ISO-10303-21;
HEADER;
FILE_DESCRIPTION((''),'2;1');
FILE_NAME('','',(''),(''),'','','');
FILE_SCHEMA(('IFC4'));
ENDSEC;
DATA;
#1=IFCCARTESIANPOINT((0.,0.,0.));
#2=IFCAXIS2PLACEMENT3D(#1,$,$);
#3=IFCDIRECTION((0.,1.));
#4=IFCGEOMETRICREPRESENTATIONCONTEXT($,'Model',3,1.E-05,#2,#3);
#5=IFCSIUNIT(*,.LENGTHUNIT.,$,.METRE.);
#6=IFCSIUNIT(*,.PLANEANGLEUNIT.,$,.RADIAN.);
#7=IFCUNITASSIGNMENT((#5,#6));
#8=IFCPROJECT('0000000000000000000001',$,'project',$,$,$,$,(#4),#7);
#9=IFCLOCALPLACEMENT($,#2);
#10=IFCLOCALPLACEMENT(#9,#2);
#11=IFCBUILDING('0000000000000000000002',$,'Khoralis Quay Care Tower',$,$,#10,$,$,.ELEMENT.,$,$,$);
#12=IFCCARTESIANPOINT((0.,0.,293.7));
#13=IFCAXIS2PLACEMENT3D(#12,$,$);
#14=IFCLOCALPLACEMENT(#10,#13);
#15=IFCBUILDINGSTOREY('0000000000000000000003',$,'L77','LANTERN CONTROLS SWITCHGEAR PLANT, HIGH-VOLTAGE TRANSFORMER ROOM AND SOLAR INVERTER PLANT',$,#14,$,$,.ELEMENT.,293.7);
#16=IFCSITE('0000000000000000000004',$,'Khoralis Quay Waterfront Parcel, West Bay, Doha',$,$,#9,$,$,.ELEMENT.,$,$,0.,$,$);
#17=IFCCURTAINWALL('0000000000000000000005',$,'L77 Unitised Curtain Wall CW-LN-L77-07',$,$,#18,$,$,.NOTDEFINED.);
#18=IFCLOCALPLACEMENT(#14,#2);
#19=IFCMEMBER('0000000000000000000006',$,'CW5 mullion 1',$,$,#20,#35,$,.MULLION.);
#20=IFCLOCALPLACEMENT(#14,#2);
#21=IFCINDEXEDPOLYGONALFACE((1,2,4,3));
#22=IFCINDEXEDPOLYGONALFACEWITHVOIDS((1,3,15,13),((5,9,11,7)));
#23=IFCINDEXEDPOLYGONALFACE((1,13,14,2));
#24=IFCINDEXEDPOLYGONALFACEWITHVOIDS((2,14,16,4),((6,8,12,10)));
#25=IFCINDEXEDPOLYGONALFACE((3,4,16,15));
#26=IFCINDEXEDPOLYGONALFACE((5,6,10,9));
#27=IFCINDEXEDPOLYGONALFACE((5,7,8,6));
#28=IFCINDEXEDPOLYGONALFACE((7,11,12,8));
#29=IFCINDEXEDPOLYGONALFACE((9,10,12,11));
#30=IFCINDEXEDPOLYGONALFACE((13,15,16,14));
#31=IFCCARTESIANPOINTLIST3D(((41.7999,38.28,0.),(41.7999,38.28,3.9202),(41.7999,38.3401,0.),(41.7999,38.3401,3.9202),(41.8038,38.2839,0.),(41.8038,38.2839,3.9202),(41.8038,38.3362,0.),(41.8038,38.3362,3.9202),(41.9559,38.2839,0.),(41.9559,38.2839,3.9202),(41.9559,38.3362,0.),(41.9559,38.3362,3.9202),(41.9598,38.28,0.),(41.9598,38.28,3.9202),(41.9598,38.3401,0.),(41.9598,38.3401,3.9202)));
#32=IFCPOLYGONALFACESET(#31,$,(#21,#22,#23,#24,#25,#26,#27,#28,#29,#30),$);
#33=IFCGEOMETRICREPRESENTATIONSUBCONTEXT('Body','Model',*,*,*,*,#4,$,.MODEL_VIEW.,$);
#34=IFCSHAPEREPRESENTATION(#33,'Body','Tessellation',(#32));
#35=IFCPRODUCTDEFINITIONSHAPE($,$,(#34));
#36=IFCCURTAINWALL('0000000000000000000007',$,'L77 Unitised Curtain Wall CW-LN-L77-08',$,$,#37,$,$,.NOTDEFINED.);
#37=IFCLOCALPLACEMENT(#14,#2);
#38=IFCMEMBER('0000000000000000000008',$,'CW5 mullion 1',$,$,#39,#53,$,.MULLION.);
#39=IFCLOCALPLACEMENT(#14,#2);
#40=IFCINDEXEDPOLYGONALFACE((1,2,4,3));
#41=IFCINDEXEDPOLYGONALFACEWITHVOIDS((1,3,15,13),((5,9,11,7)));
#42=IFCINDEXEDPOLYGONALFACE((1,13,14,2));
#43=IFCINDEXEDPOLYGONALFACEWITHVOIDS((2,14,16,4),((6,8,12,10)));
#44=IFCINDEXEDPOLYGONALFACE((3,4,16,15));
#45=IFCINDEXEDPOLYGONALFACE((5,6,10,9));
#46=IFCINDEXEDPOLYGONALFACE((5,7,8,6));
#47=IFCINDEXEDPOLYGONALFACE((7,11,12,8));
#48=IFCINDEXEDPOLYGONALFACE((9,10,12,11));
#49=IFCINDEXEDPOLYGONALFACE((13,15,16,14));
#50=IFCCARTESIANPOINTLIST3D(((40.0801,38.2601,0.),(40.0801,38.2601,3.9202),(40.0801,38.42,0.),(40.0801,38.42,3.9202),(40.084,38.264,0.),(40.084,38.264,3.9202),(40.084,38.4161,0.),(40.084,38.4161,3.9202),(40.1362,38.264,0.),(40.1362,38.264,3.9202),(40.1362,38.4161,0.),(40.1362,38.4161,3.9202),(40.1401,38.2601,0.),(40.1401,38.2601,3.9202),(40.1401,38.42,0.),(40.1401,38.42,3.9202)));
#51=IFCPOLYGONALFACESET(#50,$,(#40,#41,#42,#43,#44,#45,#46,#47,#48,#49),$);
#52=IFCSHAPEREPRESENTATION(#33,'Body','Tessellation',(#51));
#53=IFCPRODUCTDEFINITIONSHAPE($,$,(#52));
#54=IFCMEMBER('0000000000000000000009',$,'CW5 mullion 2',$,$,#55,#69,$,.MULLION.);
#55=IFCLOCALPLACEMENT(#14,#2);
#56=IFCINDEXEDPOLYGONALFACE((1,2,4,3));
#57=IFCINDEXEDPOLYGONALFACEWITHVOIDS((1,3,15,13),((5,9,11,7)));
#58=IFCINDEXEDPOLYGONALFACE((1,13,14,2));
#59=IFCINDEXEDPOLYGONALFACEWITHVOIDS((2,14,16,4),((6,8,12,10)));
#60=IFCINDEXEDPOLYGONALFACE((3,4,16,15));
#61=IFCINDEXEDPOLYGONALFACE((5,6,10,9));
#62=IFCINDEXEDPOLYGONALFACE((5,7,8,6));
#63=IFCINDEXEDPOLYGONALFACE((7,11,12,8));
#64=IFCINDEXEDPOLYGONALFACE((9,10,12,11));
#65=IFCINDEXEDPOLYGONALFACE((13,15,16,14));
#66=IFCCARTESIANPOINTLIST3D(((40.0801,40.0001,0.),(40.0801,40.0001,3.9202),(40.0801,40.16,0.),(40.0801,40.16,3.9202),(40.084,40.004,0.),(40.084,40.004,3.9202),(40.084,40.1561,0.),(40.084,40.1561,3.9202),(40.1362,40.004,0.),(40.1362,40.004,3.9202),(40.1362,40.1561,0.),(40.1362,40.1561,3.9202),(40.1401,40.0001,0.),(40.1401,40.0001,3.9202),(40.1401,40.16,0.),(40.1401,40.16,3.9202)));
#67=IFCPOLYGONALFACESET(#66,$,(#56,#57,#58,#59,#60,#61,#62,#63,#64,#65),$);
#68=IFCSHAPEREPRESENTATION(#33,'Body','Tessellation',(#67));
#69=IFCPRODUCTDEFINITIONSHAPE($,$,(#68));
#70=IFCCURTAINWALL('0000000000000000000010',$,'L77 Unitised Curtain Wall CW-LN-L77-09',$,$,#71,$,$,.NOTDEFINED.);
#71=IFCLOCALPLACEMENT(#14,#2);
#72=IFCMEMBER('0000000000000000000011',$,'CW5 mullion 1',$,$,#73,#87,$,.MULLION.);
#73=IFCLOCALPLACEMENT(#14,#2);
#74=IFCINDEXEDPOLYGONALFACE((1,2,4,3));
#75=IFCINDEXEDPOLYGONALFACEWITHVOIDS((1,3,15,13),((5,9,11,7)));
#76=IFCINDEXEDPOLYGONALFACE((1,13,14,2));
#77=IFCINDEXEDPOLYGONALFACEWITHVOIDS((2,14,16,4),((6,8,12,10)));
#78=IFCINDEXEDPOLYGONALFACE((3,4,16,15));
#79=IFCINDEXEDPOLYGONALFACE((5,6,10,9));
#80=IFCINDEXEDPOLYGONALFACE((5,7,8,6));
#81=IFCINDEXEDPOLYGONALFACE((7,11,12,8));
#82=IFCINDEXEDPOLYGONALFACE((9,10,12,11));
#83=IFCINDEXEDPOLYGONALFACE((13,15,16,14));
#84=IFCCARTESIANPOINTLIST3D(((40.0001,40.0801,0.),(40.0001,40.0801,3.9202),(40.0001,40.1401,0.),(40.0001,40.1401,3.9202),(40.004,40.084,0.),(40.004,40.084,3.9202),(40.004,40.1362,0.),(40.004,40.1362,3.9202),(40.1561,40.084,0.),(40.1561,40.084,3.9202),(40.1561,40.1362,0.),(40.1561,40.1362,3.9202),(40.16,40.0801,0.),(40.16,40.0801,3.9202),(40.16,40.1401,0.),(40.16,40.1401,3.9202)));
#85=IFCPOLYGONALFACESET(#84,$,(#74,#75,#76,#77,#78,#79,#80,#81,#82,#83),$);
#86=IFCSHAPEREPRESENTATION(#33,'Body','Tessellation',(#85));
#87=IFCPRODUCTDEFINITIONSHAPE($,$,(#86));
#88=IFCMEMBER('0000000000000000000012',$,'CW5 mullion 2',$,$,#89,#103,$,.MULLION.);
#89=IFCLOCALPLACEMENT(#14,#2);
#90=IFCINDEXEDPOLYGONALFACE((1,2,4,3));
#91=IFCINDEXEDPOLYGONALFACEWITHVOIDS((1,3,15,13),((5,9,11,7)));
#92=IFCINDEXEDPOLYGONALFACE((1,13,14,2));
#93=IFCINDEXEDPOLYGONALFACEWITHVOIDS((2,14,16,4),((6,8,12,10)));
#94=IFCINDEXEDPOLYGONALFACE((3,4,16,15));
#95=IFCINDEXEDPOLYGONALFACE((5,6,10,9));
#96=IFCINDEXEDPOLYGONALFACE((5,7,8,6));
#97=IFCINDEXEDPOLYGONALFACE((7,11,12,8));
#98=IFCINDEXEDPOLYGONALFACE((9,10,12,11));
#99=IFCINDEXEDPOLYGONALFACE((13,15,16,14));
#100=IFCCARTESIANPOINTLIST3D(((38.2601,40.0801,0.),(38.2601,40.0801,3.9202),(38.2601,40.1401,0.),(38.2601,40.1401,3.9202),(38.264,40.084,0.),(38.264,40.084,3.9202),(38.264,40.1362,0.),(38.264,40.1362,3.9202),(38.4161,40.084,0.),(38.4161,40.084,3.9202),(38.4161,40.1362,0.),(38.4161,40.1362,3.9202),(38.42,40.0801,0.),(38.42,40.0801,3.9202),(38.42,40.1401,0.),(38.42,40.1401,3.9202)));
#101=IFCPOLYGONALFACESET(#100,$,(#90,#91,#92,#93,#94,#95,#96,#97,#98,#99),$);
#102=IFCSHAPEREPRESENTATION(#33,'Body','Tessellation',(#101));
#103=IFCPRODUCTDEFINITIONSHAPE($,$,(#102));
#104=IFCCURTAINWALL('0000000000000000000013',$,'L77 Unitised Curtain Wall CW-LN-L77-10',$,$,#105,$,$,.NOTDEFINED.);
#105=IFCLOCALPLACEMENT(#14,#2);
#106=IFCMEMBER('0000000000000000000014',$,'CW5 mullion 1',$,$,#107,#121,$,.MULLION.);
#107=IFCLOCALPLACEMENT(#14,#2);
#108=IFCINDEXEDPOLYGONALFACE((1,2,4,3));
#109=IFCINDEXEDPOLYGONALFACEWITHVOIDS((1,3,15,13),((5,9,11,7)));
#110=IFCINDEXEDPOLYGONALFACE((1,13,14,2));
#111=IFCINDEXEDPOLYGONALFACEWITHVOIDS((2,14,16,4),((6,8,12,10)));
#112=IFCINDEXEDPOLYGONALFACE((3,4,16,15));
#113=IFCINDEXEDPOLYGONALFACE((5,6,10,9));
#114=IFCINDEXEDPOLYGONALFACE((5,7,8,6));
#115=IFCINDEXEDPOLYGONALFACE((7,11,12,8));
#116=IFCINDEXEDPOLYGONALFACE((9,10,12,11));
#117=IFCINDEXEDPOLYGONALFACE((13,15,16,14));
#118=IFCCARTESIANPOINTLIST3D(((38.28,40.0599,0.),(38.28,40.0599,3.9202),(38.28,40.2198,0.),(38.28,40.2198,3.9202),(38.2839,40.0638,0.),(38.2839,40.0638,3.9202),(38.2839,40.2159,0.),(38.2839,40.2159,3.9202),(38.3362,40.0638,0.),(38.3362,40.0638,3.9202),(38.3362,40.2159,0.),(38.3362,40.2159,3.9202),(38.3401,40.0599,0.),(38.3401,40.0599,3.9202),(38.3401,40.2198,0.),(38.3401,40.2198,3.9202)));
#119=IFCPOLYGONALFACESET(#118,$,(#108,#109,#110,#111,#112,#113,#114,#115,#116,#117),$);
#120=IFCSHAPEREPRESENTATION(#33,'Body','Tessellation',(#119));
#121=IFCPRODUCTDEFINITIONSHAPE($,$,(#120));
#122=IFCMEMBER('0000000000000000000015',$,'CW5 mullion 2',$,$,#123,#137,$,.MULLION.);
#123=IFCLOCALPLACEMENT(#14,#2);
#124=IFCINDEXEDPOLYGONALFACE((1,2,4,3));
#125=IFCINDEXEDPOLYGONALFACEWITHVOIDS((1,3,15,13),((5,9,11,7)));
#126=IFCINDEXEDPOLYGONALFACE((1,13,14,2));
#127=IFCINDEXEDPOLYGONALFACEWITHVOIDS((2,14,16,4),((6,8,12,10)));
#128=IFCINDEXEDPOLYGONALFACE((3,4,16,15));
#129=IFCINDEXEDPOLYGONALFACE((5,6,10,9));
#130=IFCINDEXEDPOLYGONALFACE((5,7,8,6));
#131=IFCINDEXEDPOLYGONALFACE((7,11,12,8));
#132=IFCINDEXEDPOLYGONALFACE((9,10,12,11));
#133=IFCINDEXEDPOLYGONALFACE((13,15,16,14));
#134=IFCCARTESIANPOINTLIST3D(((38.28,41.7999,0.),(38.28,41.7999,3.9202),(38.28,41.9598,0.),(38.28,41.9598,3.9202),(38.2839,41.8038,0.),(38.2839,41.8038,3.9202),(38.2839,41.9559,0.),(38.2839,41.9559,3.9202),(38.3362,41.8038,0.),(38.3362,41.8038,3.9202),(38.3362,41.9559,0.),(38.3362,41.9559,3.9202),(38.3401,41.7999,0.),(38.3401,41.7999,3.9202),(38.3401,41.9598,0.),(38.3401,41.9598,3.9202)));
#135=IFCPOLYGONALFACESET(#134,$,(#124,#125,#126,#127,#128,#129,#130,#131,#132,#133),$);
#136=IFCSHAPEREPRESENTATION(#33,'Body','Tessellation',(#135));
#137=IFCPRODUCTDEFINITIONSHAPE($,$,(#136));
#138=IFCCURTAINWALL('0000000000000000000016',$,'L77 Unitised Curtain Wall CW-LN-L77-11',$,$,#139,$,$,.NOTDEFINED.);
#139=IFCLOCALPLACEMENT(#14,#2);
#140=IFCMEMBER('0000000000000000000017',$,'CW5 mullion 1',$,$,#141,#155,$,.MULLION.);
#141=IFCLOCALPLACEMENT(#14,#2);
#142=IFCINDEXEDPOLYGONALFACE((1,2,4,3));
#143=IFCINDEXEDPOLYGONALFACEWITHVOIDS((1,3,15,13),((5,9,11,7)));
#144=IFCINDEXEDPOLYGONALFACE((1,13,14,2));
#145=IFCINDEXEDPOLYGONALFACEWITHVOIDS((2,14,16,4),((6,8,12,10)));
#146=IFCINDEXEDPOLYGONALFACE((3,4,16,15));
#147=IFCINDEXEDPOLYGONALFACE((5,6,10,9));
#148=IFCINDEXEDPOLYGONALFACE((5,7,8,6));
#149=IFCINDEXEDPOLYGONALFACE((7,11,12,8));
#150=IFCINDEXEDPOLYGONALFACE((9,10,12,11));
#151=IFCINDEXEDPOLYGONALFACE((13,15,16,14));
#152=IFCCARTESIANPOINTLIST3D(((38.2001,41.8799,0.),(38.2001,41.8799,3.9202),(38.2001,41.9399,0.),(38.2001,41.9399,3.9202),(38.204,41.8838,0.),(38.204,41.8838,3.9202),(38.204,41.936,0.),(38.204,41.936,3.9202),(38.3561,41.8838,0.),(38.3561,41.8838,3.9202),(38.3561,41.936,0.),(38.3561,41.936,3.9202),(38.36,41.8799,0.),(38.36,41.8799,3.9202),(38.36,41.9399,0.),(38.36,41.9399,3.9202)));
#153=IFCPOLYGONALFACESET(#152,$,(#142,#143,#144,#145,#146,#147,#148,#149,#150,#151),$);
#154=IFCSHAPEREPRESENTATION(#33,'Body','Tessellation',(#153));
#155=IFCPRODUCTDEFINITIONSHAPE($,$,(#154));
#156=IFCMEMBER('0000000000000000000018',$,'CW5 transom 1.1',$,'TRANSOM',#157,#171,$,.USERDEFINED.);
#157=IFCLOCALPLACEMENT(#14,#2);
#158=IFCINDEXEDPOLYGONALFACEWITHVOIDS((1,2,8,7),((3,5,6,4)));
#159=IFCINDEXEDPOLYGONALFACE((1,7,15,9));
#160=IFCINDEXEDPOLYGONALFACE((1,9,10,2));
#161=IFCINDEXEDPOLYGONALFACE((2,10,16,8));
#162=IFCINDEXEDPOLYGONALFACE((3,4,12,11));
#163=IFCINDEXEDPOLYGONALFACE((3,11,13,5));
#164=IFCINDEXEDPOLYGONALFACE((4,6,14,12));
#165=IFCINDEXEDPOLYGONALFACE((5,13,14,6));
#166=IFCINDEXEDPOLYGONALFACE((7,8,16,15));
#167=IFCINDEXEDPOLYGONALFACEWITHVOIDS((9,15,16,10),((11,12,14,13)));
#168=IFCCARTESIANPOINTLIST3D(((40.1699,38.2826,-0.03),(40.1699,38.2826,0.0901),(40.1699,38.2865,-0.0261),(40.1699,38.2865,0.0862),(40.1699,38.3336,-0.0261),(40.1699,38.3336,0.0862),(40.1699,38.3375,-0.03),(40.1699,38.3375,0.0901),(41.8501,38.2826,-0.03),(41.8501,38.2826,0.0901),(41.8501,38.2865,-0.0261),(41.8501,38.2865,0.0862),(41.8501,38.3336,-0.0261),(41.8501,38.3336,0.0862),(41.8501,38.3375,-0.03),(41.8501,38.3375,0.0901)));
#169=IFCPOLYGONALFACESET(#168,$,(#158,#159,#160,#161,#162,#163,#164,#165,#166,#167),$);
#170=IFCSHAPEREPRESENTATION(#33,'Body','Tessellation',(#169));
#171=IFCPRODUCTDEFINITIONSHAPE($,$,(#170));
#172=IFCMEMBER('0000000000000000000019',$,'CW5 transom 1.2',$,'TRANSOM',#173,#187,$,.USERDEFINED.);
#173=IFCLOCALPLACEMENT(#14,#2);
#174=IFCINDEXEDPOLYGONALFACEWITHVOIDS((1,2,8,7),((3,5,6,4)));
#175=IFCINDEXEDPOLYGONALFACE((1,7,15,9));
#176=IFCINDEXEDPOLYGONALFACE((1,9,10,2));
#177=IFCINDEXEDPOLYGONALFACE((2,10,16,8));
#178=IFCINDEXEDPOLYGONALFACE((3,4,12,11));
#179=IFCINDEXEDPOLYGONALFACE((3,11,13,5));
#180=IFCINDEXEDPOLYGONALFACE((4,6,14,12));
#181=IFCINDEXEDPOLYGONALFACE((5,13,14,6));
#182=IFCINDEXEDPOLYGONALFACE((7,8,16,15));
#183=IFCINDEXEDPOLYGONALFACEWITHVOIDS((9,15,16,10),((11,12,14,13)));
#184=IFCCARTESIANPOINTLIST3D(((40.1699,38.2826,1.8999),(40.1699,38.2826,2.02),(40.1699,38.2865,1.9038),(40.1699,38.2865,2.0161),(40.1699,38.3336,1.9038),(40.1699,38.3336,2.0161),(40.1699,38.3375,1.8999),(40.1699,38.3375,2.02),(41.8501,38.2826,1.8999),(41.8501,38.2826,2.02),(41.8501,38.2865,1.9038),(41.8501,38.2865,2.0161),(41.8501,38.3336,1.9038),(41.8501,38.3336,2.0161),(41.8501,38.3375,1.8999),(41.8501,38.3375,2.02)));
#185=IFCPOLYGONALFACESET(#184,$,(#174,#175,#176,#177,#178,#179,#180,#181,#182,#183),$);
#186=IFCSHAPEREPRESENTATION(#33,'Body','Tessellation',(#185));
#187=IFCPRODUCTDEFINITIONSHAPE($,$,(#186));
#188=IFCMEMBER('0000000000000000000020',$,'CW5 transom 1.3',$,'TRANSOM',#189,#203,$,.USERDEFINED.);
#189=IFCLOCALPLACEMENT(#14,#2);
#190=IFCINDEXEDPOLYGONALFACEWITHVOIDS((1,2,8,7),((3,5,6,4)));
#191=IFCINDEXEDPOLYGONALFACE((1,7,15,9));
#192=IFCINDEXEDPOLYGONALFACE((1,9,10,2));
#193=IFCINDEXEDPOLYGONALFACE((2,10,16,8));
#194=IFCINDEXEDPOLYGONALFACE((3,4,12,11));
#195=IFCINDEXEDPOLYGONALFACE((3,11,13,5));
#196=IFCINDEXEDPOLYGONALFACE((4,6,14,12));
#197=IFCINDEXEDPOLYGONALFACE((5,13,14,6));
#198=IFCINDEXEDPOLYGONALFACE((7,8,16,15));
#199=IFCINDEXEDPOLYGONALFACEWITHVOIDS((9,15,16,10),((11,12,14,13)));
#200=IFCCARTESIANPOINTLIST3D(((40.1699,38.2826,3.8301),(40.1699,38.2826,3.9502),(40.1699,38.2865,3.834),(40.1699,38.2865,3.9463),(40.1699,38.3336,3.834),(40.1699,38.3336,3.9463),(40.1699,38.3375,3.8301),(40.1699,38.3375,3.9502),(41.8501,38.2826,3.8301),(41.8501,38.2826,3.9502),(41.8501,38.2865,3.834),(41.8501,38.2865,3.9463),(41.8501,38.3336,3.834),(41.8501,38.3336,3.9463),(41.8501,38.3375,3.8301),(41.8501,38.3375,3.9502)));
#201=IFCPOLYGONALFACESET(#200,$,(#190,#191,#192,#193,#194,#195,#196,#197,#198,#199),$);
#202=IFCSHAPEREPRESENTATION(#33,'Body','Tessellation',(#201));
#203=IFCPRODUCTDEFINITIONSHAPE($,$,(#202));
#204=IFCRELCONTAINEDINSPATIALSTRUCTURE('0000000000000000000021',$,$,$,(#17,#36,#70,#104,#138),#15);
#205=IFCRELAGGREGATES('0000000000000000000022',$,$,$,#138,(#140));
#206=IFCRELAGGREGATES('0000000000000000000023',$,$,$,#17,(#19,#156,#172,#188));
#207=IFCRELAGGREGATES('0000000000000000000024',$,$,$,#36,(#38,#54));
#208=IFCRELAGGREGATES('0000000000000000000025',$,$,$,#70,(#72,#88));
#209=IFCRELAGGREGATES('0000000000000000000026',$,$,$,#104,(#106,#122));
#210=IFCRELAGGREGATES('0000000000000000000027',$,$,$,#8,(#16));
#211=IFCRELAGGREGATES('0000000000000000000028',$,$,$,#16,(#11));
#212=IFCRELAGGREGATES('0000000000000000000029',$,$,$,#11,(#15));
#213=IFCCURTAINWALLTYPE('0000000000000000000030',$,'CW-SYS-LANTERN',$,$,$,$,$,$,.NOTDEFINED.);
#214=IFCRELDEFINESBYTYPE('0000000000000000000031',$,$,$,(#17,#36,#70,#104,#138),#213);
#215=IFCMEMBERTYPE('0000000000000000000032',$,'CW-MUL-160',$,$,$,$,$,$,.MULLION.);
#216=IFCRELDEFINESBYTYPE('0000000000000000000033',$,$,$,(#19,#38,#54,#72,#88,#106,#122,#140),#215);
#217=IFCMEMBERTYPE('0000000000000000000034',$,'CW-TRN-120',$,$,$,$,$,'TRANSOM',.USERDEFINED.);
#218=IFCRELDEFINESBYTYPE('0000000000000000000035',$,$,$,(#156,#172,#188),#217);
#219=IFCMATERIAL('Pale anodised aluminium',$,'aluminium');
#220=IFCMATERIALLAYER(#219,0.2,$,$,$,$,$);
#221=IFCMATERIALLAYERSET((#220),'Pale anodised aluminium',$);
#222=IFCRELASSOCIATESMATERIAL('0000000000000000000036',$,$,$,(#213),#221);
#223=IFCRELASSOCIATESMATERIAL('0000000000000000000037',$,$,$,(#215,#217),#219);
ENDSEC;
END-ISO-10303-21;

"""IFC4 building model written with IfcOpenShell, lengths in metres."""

from ifc_helpers import new_model, si_unit, direction, frame, origin, origin_2d, place, context, subcontext, project, spatial, hollow_rectangle, extrude, source, transform, mapped, material, layer, layer_set, material_profile, profile_set, type_object, element, aggregate, save


model = new_model("IFC4")

# Units and contexts
model_context = context("Model", 3, precision=1e-05, world=origin(), true_north=direction((0.0, 1.0)))
body_context = subcontext(model_context, "Body", "Model", "MODEL_VIEW")
ifc_project = project(units=[si_unit("LENGTHUNIT", "METRE"), si_unit("PLANEANGLEUNIT", "RADIAN")], contexts=[model_context])

# Site, building, storey
site_placement = place(None, origin())
site = spatial("IfcSite", under=ifc_project, at=site_placement, Name="Khoralis Quay Waterfront Parcel, West Bay, Doha", CompositionType="ELEMENT", RefElevation=0.0)
building_placement = place(site_placement, origin())
building = spatial("IfcBuilding", under=site, at=building_placement, Name="Khoralis Quay Care Tower", CompositionType="ELEMENT")
storey_placement = place(building_placement, frame((0.0, 0.0, 293.7)))
storey = spatial("IfcBuildingStorey", under=building, at=storey_placement, Name="L77", Description="LANTERN CONTROLS SWITCHGEAR PLANT, HIGH-VOLTAGE TRANSFORMER ROOM AND SOLAR INVERTER PLANT", CompositionType="ELEMENT", Elevation=293.7)

# Curtain wall, member
ifc_material_1 = material(Name="Pale anodised aluminium", Category="aluminium")
ifc_layer_1 = layer(ifc_material_1, 0.2)
ifc_layer_set_1 = layer_set([ifc_layer_1], Name="Pale anodised aluminium")
curtain_wall_type = type_object("IfcCurtainWallType", Name="CW-SYS-LANTERN", PredefinedType="NOTDEFINED", material=ifc_layer_set_1)
curtain_wall_1_placement = place(storey_placement, origin())
curtain_wall_1 = element("IfcCurtainWall", 1, at=curtain_wall_1_placement, inside=storey, type_object=curtain_wall_type, Name="L77 Unitised Curtain Wall CW-LN-L77-07", PredefinedType="NOTDEFINED")
ifc_material_profile_1 = material_profile(ifc_material_1, hollow_rectangle(XDim=0.0601, YDim=0.1599, WallThickness=0.0039, at=origin_2d()), Name="Pale anodised aluminium")
ifc_profile_set_1 = profile_set([ifc_material_profile_1], Name="Pale anodised aluminium")
member_type_1 = type_object("IfcMemberType", Name="CW-MUL-160", PredefinedType="MULLION", material=ifc_profile_set_1)
shared_shape_1 = source(origin(), body_context, "Body", "SweptSolid", [
    extrude(hollow_rectangle(XDim=0.0601, YDim=0.1599, WallThickness=0.0039, at=origin_2d()), origin(), (0.0, 0.0, 1.0), 3.9202),
])
member_1_placement = place(storey_placement, frame((41.8799, 38.3101, 0.0), z_axis=(0.0, 0.0, 1.0), x_axis=(0.0, -1.0, 0.0)))
member_1 = element("IfcMember", 2, at=member_1_placement, type_object=member_type_1, Name="CW5 mullion 1", PredefinedType="MULLION", context=body_context, shape_type="MappedRepresentation", body=[
    mapped(shared_shape_1, transform((0.0, 0.0, 0.0), scale=1.0)),
])

# Curtain walls, members
curtain_wall_2_placement = place(storey_placement, origin())
curtain_wall_2 = element("IfcCurtainWall", 3, at=curtain_wall_2_placement, inside=storey, type_object=curtain_wall_type, Name="L77 Unitised Curtain Wall CW-LN-L77-08", PredefinedType="NOTDEFINED")
member_2_placement = place(storey_placement, frame((40.1101, 38.3401, 0.0), z_axis=(0.0, 0.0, 1.0), x_axis=(-1.0, 0.0, 0.0)))
member_2 = element("IfcMember", 4, at=member_2_placement, type_object=member_type_1, Name="CW5 mullion 1", PredefinedType="MULLION", context=body_context, shape_type="MappedRepresentation", body=[
    mapped(shared_shape_1, transform((0.0, 0.0, 0.0), scale=1.0)),
])
member_3_placement = place(storey_placement, frame((40.1101, 40.0801, 0.0), z_axis=(0.0, 0.0, 1.0), x_axis=(-1.0, 0.0, 0.0)))
member_3 = element("IfcMember", 5, at=member_3_placement, type_object=member_type_1, Name="CW5 mullion 2", PredefinedType="MULLION", context=body_context, shape_type="MappedRepresentation", body=[
    mapped(shared_shape_1, transform((0.0, 0.0, 0.0), scale=1.0)),
])
curtain_wall_3_placement = place(storey_placement, origin())
curtain_wall_3 = element("IfcCurtainWall", 6, at=curtain_wall_3_placement, inside=storey, type_object=curtain_wall_type, Name="L77 Unitised Curtain Wall CW-LN-L77-09", PredefinedType="NOTDEFINED")
member_4_placement = place(storey_placement, frame((40.0801, 40.1101, 0.0), z_axis=(0.0, 0.0, 1.0), x_axis=(0.0, -1.0, 0.0)))
member_4 = element("IfcMember", 7, at=member_4_placement, type_object=member_type_1, Name="CW5 mullion 1", PredefinedType="MULLION", context=body_context, shape_type="MappedRepresentation", body=[
    mapped(shared_shape_1, transform((0.0, 0.0, 0.0), scale=1.0)),
])
member_5_placement = place(storey_placement, frame((38.3401, 40.1101, 0.0), z_axis=(0.0, 0.0, 1.0), x_axis=(0.0, -1.0, 0.0)))
member_5 = element("IfcMember", 8, at=member_5_placement, type_object=member_type_1, Name="CW5 mullion 2", PredefinedType="MULLION", context=body_context, shape_type="MappedRepresentation", body=[
    mapped(shared_shape_1, transform((0.0, 0.0, 0.0), scale=1.0)),
])
curtain_wall_4_placement = place(storey_placement, origin())
curtain_wall_4 = element("IfcCurtainWall", 9, at=curtain_wall_4_placement, inside=storey, type_object=curtain_wall_type, Name="L77 Unitised Curtain Wall CW-LN-L77-10", PredefinedType="NOTDEFINED")
member_6_placement = place(storey_placement, frame((38.3101, 40.1399, 0.0), z_axis=(0.0, 0.0, 1.0), x_axis=(-1.0, 0.0, 0.0)))
member_6 = element("IfcMember", 10, at=member_6_placement, type_object=member_type_1, Name="CW5 mullion 1", PredefinedType="MULLION", context=body_context, shape_type="MappedRepresentation", body=[
    mapped(shared_shape_1, transform((0.0, 0.0, 0.0), scale=1.0)),
])
member_7_placement = place(storey_placement, frame((38.3101, 41.8799, 0.0), z_axis=(0.0, 0.0, 1.0), x_axis=(-1.0, 0.0, 0.0)))
member_7 = element("IfcMember", 11, at=member_7_placement, type_object=member_type_1, Name="CW5 mullion 2", PredefinedType="MULLION", context=body_context, shape_type="MappedRepresentation", body=[
    mapped(shared_shape_1, transform((0.0, 0.0, 0.0), scale=1.0)),
])

# Curtain wall, member
curtain_wall_5_placement = place(storey_placement, origin())
curtain_wall_5 = element("IfcCurtainWall", 12, at=curtain_wall_5_placement, inside=storey, type_object=curtain_wall_type, Name="L77 Unitised Curtain Wall CW-LN-L77-11", PredefinedType="NOTDEFINED")
member_8_placement = place(storey_placement, frame((38.28, 41.9099, 0.0), z_axis=(0.0, 0.0, 1.0), x_axis=(0.0, -1.0, 0.0)))
member_8 = element("IfcMember", 13, at=member_8_placement, type_object=member_type_1, Name="CW5 mullion 1", PredefinedType="MULLION", context=body_context, shape_type="MappedRepresentation", body=[
    mapped(shared_shape_1, transform((0.0, 0.0, 0.0), scale=1.0)),
])
aggregate(curtain_wall_5, [member_8])

# Members
ifc_material_profile_2 = material_profile(ifc_material_1, hollow_rectangle(XDim=0.0549, YDim=0.1201, WallThickness=0.0039, at=origin_2d()), Name="Pale anodised aluminium")
ifc_profile_set_2 = profile_set([ifc_material_profile_2], Name="Pale anodised aluminium")
member_type_2 = type_object("IfcMemberType", Name="CW-TRN-120", ElementType="TRANSOM", PredefinedType="USERDEFINED", material=ifc_profile_set_2)
shared_shape_2 = source(origin(), body_context, "Body", "SweptSolid", [
    extrude(hollow_rectangle(XDim=0.0549, YDim=0.1201, WallThickness=0.0039, at=origin_2d()), origin(), (0.0, 0.0, 1.0), 1.6802),
])
member_9_placement = place(storey_placement, frame((41.8501, 38.3101, 0.03), z_axis=(-1.0, 0.0, 0.0), x_axis=(0.0, -1.0, 0.0)))
member_9 = element("IfcMember", 14, at=member_9_placement, type_object=member_type_2, Name="CW5 transom 1.1", ObjectType="TRANSOM", PredefinedType="USERDEFINED", context=body_context, shape_type="MappedRepresentation", body=[
    mapped(shared_shape_2, transform((0.0, 0.0, 0.0), scale=1.0)),
])
member_10_placement = place(storey_placement, frame((41.8501, 38.3101, 1.96), z_axis=(-1.0, 0.0, 0.0), x_axis=(0.0, -1.0, 0.0)))
member_10 = element("IfcMember", 15, at=member_10_placement, type_object=member_type_2, Name="CW5 transom 1.2", ObjectType="TRANSOM", PredefinedType="USERDEFINED", context=body_context, shape_type="MappedRepresentation", body=[
    mapped(shared_shape_2, transform((0.0, 0.0, 0.0), scale=1.0)),
])
member_11_placement = place(storey_placement, frame((41.8501, 38.3101, 3.8901), z_axis=(-1.0, 0.0, 0.0), x_axis=(0.0, -1.0, 0.0)))
member_11 = element("IfcMember", 16, at=member_11_placement, type_object=member_type_2, Name="CW5 transom 1.3", ObjectType="TRANSOM", PredefinedType="USERDEFINED", context=body_context, shape_type="MappedRepresentation", body=[
    mapped(shared_shape_2, transform((0.0, 0.0, 0.0), scale=1.0)),
])
aggregate(curtain_wall_1, [member_1, member_9, member_10, member_11])

aggregate(curtain_wall_2, [member_2, member_3])
aggregate(curtain_wall_3, [member_4, member_5])
aggregate(curtain_wall_4, [member_6, member_7])

save(model, "model.ifc")
